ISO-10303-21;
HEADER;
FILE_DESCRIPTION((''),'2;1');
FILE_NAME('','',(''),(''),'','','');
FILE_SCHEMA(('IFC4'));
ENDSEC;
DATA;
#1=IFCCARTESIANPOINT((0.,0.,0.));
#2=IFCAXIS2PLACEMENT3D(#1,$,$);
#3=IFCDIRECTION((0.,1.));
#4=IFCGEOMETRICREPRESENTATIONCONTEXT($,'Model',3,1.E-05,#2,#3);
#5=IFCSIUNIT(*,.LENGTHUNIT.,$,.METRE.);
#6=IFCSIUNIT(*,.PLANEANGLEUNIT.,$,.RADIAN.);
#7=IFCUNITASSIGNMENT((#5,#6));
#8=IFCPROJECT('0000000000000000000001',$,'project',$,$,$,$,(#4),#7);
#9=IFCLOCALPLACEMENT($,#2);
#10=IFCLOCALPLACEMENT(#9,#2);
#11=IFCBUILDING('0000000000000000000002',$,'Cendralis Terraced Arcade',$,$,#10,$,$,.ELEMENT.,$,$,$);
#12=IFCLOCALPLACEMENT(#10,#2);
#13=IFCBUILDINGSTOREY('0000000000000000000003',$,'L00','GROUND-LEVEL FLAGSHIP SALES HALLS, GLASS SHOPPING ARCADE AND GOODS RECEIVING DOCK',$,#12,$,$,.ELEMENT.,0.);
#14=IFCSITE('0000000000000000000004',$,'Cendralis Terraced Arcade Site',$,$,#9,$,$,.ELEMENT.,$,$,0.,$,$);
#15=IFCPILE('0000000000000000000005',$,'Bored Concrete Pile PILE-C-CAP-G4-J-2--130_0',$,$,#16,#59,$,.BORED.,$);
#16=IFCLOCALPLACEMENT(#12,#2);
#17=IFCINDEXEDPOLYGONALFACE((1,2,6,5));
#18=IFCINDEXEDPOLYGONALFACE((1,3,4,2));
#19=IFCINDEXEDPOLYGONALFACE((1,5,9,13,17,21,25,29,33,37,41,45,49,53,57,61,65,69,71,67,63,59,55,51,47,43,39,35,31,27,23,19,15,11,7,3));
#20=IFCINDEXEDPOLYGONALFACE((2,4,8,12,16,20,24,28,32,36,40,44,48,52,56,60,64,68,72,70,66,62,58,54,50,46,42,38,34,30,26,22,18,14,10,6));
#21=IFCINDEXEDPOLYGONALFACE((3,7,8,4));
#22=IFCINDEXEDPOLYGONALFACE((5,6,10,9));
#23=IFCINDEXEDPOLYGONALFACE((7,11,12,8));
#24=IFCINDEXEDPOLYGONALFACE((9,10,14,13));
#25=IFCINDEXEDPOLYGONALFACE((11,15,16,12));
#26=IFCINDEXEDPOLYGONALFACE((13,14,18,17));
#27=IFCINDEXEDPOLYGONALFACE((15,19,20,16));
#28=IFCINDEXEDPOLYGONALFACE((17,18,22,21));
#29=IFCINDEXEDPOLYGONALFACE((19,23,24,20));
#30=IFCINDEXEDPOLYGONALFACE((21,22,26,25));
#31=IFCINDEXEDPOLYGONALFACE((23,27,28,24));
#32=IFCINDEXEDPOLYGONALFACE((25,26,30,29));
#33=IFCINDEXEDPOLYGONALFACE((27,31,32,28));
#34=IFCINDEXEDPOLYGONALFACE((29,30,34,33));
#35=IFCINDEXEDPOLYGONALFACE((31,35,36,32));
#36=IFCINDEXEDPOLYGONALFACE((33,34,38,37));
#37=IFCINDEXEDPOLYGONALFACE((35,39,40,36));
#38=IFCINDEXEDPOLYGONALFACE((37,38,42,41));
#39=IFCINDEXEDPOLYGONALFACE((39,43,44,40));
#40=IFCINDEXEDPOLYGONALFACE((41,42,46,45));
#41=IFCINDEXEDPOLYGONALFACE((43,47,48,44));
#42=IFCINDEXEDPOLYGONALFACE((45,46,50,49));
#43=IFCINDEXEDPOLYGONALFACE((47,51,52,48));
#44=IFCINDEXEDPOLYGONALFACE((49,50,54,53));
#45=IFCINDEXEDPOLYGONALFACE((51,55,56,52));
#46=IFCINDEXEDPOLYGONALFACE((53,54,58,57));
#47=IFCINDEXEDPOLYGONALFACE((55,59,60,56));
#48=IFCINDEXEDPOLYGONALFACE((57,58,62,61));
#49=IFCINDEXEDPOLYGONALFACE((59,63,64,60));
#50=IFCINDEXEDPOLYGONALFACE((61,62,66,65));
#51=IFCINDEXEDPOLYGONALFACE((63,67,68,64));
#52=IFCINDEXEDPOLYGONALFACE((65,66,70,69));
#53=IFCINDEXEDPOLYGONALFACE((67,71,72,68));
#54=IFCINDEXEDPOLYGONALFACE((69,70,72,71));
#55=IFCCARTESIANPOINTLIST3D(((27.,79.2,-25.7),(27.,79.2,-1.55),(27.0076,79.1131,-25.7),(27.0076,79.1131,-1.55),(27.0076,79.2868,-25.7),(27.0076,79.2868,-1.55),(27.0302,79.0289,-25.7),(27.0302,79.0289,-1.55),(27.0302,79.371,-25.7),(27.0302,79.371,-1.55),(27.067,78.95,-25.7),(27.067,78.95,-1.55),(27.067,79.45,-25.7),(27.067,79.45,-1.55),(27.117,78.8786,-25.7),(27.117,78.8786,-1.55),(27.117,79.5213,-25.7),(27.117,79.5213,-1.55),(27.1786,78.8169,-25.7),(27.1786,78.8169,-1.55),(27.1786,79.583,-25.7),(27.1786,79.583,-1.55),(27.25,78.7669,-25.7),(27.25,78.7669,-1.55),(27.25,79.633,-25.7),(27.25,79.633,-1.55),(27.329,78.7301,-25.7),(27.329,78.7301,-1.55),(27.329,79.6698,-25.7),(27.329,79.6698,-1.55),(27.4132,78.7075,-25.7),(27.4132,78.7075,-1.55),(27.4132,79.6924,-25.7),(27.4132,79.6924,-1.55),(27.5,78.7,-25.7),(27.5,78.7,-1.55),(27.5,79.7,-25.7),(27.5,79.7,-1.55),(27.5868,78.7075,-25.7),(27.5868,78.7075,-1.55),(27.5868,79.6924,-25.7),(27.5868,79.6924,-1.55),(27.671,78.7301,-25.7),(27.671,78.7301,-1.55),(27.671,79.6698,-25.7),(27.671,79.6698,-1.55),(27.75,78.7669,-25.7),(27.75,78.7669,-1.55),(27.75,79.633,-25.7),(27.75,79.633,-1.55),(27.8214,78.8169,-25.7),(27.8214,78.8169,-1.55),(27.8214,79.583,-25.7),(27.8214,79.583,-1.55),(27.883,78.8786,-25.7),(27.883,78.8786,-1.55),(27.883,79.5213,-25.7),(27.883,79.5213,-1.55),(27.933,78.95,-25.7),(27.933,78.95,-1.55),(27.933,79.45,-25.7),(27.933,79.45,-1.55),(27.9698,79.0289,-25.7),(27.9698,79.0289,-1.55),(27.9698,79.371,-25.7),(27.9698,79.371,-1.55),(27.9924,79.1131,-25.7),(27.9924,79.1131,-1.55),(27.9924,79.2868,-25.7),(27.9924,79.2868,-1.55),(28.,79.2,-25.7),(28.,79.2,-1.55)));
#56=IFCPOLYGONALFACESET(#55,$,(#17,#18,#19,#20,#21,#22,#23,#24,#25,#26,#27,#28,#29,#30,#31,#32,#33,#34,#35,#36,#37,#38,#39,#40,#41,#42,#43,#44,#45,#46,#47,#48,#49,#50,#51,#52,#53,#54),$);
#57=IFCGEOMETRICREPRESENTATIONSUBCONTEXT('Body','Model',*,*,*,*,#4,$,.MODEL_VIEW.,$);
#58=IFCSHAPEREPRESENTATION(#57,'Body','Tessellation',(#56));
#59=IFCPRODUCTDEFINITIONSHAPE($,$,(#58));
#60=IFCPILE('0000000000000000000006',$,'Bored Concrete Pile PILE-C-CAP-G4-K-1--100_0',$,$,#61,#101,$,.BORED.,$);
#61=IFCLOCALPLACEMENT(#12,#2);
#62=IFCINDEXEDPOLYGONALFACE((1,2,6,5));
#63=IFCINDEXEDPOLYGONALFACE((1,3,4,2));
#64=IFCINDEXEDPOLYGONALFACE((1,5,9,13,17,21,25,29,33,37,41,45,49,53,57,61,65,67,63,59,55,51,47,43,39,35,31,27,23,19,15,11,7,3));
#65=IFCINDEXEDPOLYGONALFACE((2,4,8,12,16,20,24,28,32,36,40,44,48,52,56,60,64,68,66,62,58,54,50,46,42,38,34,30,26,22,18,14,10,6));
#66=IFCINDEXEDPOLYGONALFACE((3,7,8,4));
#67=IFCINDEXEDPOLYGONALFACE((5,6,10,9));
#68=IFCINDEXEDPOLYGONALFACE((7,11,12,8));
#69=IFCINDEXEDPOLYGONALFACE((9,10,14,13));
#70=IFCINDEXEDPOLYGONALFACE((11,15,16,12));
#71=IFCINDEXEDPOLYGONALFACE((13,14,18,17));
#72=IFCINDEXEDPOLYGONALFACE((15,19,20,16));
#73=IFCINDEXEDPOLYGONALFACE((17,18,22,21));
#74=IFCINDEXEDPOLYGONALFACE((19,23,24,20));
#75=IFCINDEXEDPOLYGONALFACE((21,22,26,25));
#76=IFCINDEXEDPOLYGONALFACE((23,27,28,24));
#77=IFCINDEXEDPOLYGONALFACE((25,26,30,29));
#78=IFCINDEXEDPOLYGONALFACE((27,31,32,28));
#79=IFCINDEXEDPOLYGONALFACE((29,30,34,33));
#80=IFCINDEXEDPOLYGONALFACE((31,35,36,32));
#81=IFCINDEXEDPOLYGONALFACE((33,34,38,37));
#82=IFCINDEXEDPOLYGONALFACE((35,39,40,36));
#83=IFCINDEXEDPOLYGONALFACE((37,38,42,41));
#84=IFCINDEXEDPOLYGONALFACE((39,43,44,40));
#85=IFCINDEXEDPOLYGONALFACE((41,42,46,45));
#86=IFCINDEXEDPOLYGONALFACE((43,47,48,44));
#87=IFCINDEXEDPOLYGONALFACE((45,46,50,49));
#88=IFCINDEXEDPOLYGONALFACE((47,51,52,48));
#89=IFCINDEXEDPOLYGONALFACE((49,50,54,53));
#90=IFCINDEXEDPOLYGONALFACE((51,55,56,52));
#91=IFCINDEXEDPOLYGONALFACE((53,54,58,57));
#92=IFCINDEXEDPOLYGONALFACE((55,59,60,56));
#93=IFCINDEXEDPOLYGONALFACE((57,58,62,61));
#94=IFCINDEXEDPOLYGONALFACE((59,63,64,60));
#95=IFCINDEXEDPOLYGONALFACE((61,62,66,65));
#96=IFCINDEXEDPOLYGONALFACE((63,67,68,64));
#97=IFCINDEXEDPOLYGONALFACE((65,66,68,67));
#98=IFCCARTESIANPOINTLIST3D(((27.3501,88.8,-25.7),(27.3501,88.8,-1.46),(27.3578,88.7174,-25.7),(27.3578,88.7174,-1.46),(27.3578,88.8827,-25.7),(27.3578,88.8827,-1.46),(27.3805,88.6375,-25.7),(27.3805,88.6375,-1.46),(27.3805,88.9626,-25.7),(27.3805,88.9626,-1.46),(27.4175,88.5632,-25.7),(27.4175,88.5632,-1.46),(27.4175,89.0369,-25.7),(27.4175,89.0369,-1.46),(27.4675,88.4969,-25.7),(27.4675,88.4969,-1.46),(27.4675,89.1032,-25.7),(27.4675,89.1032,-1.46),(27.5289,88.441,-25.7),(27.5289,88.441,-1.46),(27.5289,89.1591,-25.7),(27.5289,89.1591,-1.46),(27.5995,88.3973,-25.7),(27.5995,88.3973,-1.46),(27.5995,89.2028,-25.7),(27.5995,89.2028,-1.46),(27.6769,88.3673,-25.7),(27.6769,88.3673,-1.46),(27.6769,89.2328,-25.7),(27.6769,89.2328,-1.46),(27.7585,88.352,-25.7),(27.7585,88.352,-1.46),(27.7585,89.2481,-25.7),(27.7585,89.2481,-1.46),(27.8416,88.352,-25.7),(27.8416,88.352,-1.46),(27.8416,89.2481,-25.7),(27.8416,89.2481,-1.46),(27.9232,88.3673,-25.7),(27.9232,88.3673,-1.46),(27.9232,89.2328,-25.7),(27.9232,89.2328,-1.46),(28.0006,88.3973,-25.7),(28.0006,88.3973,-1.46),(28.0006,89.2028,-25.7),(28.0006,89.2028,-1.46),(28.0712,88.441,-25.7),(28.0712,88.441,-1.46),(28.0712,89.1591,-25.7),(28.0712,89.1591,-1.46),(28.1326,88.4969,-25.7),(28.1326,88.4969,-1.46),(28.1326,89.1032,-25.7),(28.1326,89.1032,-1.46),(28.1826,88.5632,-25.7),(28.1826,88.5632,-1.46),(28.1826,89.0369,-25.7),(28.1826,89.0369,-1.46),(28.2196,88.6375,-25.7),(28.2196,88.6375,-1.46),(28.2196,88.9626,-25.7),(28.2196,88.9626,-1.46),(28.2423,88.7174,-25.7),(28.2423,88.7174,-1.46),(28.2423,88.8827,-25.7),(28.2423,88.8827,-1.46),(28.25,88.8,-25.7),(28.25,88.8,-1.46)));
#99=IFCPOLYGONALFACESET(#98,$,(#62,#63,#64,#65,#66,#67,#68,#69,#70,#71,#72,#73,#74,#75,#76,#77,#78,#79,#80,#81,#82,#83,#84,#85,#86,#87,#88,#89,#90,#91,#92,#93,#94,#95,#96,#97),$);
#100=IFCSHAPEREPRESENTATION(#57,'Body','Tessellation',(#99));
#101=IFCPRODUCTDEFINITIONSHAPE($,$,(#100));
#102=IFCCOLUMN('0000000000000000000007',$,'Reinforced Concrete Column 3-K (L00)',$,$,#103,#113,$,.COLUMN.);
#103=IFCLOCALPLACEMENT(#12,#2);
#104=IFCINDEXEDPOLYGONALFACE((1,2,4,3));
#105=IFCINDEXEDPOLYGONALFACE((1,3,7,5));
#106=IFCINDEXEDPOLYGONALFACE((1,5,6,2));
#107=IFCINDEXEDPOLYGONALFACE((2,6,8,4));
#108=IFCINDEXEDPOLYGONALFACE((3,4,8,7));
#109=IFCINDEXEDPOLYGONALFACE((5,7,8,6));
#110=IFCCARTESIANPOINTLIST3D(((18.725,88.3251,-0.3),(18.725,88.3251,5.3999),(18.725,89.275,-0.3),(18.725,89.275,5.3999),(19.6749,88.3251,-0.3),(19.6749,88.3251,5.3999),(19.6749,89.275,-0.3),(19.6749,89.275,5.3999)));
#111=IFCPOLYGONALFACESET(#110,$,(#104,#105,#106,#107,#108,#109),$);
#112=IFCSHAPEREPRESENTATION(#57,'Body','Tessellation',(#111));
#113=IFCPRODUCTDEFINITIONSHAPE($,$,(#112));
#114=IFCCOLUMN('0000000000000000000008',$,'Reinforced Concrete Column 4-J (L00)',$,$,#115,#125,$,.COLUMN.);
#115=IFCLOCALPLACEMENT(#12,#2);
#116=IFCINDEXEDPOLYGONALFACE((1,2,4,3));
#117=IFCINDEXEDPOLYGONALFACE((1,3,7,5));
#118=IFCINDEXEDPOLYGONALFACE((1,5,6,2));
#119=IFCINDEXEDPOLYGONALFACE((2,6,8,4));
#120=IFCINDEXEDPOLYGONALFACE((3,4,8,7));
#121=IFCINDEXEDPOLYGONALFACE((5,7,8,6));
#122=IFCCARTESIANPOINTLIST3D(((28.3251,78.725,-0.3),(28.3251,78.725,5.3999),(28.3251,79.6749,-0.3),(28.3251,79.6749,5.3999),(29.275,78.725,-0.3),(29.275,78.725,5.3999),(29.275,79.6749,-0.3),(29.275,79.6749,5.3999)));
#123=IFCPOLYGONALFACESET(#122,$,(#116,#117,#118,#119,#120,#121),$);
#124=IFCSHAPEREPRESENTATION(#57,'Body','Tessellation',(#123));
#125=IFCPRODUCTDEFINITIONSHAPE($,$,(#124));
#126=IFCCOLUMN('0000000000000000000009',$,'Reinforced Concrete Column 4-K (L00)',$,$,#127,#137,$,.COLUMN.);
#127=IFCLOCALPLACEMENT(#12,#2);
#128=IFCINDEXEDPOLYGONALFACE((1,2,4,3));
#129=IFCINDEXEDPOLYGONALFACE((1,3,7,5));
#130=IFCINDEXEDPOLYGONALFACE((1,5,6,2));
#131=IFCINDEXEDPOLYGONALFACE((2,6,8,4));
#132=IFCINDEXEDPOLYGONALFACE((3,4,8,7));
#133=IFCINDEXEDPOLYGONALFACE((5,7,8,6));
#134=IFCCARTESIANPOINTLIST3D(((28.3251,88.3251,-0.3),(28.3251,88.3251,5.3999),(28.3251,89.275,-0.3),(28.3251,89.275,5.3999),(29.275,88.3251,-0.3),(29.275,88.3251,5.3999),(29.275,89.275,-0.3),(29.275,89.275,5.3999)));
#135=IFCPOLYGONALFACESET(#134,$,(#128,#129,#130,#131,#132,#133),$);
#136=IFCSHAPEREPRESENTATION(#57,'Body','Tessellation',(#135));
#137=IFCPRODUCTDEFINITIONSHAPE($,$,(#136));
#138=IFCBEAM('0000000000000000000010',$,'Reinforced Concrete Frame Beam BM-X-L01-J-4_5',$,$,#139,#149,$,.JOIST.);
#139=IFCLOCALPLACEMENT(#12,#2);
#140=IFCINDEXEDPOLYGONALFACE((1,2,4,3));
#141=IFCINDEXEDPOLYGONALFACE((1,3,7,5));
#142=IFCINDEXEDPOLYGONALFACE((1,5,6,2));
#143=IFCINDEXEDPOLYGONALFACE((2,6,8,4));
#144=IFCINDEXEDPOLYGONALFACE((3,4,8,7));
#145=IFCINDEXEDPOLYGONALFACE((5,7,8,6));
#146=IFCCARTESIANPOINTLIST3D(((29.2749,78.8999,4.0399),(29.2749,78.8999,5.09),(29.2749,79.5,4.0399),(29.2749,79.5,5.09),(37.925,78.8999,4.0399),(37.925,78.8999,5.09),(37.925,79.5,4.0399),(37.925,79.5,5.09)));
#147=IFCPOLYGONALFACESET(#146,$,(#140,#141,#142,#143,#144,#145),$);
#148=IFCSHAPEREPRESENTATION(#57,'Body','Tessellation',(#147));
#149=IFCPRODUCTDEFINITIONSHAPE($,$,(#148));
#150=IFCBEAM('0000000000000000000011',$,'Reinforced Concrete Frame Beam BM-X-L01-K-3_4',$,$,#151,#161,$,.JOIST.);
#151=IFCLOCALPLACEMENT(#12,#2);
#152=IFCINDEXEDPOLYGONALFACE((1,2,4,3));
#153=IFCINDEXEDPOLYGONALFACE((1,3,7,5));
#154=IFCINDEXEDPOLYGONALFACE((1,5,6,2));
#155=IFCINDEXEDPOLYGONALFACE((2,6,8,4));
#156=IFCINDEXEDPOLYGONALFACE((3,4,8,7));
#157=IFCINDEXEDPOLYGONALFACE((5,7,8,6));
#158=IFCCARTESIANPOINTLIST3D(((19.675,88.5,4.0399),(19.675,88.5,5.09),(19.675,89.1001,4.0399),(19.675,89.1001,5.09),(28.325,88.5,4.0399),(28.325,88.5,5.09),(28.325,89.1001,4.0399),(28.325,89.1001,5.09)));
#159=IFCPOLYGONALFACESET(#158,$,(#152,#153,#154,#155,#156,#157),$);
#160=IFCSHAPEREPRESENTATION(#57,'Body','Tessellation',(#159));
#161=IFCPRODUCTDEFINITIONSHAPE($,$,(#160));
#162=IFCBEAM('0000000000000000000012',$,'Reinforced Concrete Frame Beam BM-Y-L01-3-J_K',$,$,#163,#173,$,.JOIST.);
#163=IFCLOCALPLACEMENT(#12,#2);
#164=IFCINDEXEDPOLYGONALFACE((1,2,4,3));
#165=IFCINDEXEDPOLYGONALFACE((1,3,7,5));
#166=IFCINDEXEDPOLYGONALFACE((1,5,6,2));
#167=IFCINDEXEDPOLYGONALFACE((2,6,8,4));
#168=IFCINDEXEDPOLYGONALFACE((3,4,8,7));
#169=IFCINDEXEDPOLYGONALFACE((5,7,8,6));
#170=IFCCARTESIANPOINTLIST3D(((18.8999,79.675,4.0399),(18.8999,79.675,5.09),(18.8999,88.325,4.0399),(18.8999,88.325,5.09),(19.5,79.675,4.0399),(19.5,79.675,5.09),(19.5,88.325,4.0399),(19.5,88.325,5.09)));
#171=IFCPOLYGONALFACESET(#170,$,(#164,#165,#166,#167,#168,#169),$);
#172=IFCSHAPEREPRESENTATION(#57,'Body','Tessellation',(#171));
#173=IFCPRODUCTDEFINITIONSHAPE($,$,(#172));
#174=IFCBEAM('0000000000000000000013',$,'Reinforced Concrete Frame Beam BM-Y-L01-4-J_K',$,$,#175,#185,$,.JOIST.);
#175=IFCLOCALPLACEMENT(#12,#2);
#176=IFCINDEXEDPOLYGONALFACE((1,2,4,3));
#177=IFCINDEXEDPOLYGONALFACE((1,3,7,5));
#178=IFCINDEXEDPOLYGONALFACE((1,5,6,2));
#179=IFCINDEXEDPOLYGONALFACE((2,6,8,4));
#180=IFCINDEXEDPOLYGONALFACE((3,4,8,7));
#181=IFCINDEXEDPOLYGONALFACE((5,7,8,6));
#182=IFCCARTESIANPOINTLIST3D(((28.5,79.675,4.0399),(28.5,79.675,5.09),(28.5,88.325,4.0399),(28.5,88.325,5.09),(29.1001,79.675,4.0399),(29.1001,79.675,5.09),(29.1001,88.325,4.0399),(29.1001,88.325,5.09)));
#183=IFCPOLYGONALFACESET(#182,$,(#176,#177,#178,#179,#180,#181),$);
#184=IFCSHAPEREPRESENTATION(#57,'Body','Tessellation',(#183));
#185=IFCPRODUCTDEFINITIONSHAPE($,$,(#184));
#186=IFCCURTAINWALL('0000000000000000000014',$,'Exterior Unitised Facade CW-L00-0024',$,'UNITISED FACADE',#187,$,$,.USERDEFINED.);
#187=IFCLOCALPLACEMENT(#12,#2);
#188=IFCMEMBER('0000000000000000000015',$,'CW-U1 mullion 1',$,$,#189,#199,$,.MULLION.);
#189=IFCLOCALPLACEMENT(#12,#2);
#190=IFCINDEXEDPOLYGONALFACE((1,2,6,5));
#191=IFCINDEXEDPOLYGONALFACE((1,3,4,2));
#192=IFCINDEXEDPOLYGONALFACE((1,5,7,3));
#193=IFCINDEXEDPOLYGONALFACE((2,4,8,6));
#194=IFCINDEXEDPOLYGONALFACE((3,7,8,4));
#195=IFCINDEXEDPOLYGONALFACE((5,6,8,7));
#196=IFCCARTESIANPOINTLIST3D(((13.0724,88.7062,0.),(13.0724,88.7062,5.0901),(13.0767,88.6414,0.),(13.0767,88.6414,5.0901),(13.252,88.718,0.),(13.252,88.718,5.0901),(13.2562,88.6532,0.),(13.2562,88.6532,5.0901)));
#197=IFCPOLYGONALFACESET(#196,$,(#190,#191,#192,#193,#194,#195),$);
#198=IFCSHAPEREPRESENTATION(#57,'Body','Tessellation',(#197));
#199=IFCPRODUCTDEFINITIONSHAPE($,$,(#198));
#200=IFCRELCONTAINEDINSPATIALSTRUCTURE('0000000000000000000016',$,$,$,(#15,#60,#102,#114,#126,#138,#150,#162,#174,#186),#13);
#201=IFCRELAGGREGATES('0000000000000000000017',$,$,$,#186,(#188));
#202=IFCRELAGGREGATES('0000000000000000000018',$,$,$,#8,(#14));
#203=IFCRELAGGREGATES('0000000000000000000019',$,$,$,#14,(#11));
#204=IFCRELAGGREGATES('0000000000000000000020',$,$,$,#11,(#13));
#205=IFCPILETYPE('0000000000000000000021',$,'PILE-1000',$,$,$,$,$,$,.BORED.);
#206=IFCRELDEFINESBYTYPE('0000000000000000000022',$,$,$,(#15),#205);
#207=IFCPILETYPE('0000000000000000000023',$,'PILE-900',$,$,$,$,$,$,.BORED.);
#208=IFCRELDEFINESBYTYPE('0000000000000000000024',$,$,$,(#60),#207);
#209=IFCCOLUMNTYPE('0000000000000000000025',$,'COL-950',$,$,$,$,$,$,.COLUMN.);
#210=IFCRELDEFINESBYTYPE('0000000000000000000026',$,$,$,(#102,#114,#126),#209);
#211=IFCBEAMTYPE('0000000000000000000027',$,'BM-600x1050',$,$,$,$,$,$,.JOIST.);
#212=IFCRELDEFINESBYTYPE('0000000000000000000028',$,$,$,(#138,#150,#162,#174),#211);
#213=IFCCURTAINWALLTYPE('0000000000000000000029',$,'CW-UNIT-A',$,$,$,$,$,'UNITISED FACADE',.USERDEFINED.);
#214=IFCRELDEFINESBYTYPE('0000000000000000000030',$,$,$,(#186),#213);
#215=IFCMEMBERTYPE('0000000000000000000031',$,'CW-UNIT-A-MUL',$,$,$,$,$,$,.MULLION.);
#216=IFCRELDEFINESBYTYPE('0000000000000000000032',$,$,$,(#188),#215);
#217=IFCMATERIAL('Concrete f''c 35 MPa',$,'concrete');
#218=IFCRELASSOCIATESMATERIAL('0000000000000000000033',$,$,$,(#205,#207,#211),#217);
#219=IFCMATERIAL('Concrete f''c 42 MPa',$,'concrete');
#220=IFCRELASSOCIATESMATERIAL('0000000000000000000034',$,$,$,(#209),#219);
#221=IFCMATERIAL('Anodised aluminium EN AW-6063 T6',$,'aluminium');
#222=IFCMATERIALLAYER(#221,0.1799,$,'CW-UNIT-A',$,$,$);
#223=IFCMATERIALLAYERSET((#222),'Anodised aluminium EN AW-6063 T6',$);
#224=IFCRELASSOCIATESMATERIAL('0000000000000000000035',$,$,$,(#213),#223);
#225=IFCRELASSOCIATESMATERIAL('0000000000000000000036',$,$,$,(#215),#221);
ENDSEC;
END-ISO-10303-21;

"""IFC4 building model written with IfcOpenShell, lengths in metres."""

from ifc_helpers import new_model, si_unit, direction, frame, origin, origin_2d, place, context, subcontext, project, spatial, rectangle, circle, extrude, material, layer, layer_set, material_profile, profile_set, type_object, element, aggregate, save


model = new_model("IFC4")

# Units and contexts
model_context = context("Model", 3, precision=1e-05, world=origin(), true_north=direction((0.0, 1.0)))
body_context = subcontext(model_context, "Body", "Model", "MODEL_VIEW")
ifc_project = project(units=[si_unit("LENGTHUNIT", "METRE"), si_unit("PLANEANGLEUNIT", "RADIAN")], contexts=[model_context])

# Site, building, storey
site_placement = place(None, origin())
site = spatial("IfcSite", under=ifc_project, at=site_placement, Name="Cendralis Terraced Arcade Site", CompositionType="ELEMENT", RefElevation=0.0)
building_placement = place(site_placement, origin())
building = spatial("IfcBuilding", under=site, at=building_placement, Name="Cendralis Terraced Arcade", CompositionType="ELEMENT")
storey_placement = place(building_placement, origin())
storey = spatial("IfcBuildingStorey", under=building, at=storey_placement, Name="L00", Description="GROUND-LEVEL FLAGSHIP SALES HALLS, GLASS SHOPPING ARCADE AND GOODS RECEIVING DOCK", CompositionType="ELEMENT", Elevation=0.0)

# Shared definitions
ifc_material_1 = material(Name="Concrete f'c 35 MPa", Category="concrete")

# Piles
ifc_material_profile_1 = material_profile(ifc_material_1, circle(Radius=0.5, at=origin_2d()), Name="PILE-D1000", Category="LoadBearing")
ifc_profile_set_1 = profile_set([ifc_material_profile_1], Name="Concrete f'c 35 MPa")
pile_type_1 = type_object("IfcPileType", Name="PILE-1000", PredefinedType="BORED", material=ifc_profile_set_1)
pile_1_placement = place(storey_placement, frame((27.5, 79.2, -1.55), z_axis=(0.0, 0.0, -1.0), x_axis=(1.0, 0.0, 0.0)))
element("IfcPile", 1, at=pile_1_placement, inside=storey, type_object=pile_type_1, Name="Bored Concrete Pile PILE-C-CAP-G4-J-2--130_0", PredefinedType="BORED", context=body_context, shape_type="SweptSolid", body=[
    extrude(circle(Radius=0.5, at=origin_2d()), origin(), (0.0, 0.0, 1.0), 24.1499),
])
ifc_material_profile_2 = material_profile(ifc_material_1, circle(Radius=0.45, at=origin_2d()), Name="PILE-D900", Category="LoadBearing")
ifc_profile_set_2 = profile_set([ifc_material_profile_2], Name="Concrete f'c 35 MPa")
pile_type_2 = type_object("IfcPileType", Name="PILE-900", PredefinedType="BORED", material=ifc_profile_set_2)
pile_2_placement = place(storey_placement, frame((27.8, 88.8, -1.46), z_axis=(0.0, 0.0, -1.0), x_axis=(1.0, 0.0, 0.0)))
element("IfcPile", 2, at=pile_2_placement, inside=storey, type_object=pile_type_2, Name="Bored Concrete Pile PILE-C-CAP-G4-K-1--100_0", PredefinedType="BORED", context=body_context, shape_type="SweptSolid", body=[
    extrude(circle(Radius=0.45, at=origin_2d()), origin(), (0.0, 0.0, 1.0), 24.24),
])

# Columns
ifc_material_2 = material(Name="Concrete f'c 42 MPa", Category="concrete")
ifc_material_profile_3 = material_profile(ifc_material_2, rectangle(XDim=0.95, YDim=0.95, at=origin_2d()), Name="RC-COL-950x950", Category="LoadBearing")
ifc_profile_set_3 = profile_set([ifc_material_profile_3], Name="Concrete f'c 42 MPa")
column_type = type_object("IfcColumnType", Name="COL-950", PredefinedType="COLUMN", material=ifc_profile_set_3)
for number, where, z_axis, x_axis, name in (
    (3, (19.2, 88.8, -0.3), (0.0, 0.0, 1.0), (1.0, 0.0, 0.0), "Reinforced Concrete Column 3-K (L00)"),
    (4, (28.8, 79.2, -0.3), (0.0, 0.0, 1.0), (1.0, 0.0, 0.0), "Reinforced Concrete Column 4-J (L00)"),
    (5, (28.8, 88.8, -0.3), (0.0, 0.0, 1.0), (1.0, 0.0, 0.0), "Reinforced Concrete Column 4-K (L00)"),
):
    element("IfcColumn", number, at=place(storey_placement, frame(where, z_axis=z_axis, x_axis=x_axis)), inside=storey, type_object=column_type, Name=name, PredefinedType="COLUMN", context=body_context, shape_type="SweptSolid", body=[
        extrude(rectangle(XDim=0.95, YDim=0.95, at=origin_2d()), origin(), (0.0, 0.0, 1.0), 5.7),
    ])

# Beams
ifc_material_profile_4 = material_profile(ifc_material_1, rectangle(XDim=0.6001, YDim=1.05, at=origin_2d()), Name="RC-BM-600x1050", Category="LoadBearing")
ifc_profile_set_4 = profile_set([ifc_material_profile_4], Name="Concrete f'c 35 MPa")
beam_type = type_object("IfcBeamType", Name="BM-600x1050", PredefinedType="JOIST", material=ifc_profile_set_4)
beam_placement = place(storey_placement, frame((29.2749, 79.2, 4.5649), z_axis=(1.0, 0.0, 0.0), x_axis=(0.0, 1.0, 0.0)))
element("IfcBeam", 6, at=beam_placement, inside=storey, type_object=beam_type, Name="Reinforced Concrete Frame Beam BM-X-L01-J-4_5", PredefinedType="JOIST", context=body_context, shape_type="SweptSolid", body=[
    extrude(rectangle(XDim=0.6001, YDim=1.05, at=origin_2d()), origin(), (0.0, 0.0, 1.0), 8.6501),
])
for number, where, z_axis, x_axis, name in (
    (7, (19.675, 88.8, 4.5649), (1.0, 0.0, 0.0), (0.0, 1.0, 0.0), "Reinforced Concrete Frame Beam BM-X-L01-K-3_4"),
    (8, (19.2, 79.675, 4.5649), (0.0, 1.0, 0.0), (-1.0, 0.0, 0.0), "Reinforced Concrete Frame Beam BM-Y-L01-3-J_K"),
    (9, (28.8, 79.675, 4.5649), (0.0, 1.0, 0.0), (-1.0, 0.0, 0.0), "Reinforced Concrete Frame Beam BM-Y-L01-4-J_K"),
):
    element("IfcBeam", number, at=place(storey_placement, frame(where, z_axis=z_axis, x_axis=x_axis)), inside=storey, type_object=beam_type, Name=name, PredefinedType="JOIST", context=body_context, shape_type="SweptSolid", body=[
        extrude(rectangle(XDim=0.6001, YDim=1.05, at=origin_2d()), origin(), (0.0, 0.0, 1.0), 8.6499),
    ])

# Curtain wall, member
ifc_material_3 = material(Name="Anodised aluminium EN AW-6063 T6", Category="aluminium")
ifc_layer_1 = layer(ifc_material_3, 0.1799, Name="CW-UNIT-A")
ifc_layer_set_1 = layer_set([ifc_layer_1], Name="Anodised aluminium EN AW-6063 T6")
curtain_wall_type = type_object("IfcCurtainWallType", Name="CW-UNIT-A", ElementType="UNITISED FACADE", PredefinedType="USERDEFINED", material=ifc_layer_set_1)
curtain_wall_placement = place(storey_placement, origin())
curtain_wall = element("IfcCurtainWall", 10, at=curtain_wall_placement, inside=storey, type_object=curtain_wall_type, Name="Exterior Unitised Facade CW-L00-0024", ObjectType="UNITISED FACADE", PredefinedType="USERDEFINED")
ifc_material_profile_5 = material_profile(ifc_material_3, rectangle(XDim=0.0649, YDim=0.1799, at=origin_2d()), Name="ALU-MUL-65x180")
ifc_profile_set_5 = profile_set([ifc_material_profile_5], Name="Anodised aluminium EN AW-6063 T6")
member_type_1 = type_object("IfcMemberType", Name="CW-UNIT-A-MUL", PredefinedType="MULLION", material=ifc_profile_set_5)
member_1_placement = place(storey_placement, frame((13.1643, 88.6797, 0.0), z_axis=(0.0, 0.0, 1.0), x_axis=(-0.065372, 0.997861, 0.0)))
member_1 = element("IfcMember", 11, at=member_1_placement, type_object=member_type_1, Name="CW-U1 mullion 1", PredefinedType="MULLION", context=body_context, shape_type="SweptSolid", body=[
    extrude(rectangle(XDim=0.0649, YDim=0.1799, at=origin_2d()), origin(), (0.0, 0.0, 1.0), 5.0901),
])
aggregate(curtain_wall, [member_1])

save(model, "model.ifc")
